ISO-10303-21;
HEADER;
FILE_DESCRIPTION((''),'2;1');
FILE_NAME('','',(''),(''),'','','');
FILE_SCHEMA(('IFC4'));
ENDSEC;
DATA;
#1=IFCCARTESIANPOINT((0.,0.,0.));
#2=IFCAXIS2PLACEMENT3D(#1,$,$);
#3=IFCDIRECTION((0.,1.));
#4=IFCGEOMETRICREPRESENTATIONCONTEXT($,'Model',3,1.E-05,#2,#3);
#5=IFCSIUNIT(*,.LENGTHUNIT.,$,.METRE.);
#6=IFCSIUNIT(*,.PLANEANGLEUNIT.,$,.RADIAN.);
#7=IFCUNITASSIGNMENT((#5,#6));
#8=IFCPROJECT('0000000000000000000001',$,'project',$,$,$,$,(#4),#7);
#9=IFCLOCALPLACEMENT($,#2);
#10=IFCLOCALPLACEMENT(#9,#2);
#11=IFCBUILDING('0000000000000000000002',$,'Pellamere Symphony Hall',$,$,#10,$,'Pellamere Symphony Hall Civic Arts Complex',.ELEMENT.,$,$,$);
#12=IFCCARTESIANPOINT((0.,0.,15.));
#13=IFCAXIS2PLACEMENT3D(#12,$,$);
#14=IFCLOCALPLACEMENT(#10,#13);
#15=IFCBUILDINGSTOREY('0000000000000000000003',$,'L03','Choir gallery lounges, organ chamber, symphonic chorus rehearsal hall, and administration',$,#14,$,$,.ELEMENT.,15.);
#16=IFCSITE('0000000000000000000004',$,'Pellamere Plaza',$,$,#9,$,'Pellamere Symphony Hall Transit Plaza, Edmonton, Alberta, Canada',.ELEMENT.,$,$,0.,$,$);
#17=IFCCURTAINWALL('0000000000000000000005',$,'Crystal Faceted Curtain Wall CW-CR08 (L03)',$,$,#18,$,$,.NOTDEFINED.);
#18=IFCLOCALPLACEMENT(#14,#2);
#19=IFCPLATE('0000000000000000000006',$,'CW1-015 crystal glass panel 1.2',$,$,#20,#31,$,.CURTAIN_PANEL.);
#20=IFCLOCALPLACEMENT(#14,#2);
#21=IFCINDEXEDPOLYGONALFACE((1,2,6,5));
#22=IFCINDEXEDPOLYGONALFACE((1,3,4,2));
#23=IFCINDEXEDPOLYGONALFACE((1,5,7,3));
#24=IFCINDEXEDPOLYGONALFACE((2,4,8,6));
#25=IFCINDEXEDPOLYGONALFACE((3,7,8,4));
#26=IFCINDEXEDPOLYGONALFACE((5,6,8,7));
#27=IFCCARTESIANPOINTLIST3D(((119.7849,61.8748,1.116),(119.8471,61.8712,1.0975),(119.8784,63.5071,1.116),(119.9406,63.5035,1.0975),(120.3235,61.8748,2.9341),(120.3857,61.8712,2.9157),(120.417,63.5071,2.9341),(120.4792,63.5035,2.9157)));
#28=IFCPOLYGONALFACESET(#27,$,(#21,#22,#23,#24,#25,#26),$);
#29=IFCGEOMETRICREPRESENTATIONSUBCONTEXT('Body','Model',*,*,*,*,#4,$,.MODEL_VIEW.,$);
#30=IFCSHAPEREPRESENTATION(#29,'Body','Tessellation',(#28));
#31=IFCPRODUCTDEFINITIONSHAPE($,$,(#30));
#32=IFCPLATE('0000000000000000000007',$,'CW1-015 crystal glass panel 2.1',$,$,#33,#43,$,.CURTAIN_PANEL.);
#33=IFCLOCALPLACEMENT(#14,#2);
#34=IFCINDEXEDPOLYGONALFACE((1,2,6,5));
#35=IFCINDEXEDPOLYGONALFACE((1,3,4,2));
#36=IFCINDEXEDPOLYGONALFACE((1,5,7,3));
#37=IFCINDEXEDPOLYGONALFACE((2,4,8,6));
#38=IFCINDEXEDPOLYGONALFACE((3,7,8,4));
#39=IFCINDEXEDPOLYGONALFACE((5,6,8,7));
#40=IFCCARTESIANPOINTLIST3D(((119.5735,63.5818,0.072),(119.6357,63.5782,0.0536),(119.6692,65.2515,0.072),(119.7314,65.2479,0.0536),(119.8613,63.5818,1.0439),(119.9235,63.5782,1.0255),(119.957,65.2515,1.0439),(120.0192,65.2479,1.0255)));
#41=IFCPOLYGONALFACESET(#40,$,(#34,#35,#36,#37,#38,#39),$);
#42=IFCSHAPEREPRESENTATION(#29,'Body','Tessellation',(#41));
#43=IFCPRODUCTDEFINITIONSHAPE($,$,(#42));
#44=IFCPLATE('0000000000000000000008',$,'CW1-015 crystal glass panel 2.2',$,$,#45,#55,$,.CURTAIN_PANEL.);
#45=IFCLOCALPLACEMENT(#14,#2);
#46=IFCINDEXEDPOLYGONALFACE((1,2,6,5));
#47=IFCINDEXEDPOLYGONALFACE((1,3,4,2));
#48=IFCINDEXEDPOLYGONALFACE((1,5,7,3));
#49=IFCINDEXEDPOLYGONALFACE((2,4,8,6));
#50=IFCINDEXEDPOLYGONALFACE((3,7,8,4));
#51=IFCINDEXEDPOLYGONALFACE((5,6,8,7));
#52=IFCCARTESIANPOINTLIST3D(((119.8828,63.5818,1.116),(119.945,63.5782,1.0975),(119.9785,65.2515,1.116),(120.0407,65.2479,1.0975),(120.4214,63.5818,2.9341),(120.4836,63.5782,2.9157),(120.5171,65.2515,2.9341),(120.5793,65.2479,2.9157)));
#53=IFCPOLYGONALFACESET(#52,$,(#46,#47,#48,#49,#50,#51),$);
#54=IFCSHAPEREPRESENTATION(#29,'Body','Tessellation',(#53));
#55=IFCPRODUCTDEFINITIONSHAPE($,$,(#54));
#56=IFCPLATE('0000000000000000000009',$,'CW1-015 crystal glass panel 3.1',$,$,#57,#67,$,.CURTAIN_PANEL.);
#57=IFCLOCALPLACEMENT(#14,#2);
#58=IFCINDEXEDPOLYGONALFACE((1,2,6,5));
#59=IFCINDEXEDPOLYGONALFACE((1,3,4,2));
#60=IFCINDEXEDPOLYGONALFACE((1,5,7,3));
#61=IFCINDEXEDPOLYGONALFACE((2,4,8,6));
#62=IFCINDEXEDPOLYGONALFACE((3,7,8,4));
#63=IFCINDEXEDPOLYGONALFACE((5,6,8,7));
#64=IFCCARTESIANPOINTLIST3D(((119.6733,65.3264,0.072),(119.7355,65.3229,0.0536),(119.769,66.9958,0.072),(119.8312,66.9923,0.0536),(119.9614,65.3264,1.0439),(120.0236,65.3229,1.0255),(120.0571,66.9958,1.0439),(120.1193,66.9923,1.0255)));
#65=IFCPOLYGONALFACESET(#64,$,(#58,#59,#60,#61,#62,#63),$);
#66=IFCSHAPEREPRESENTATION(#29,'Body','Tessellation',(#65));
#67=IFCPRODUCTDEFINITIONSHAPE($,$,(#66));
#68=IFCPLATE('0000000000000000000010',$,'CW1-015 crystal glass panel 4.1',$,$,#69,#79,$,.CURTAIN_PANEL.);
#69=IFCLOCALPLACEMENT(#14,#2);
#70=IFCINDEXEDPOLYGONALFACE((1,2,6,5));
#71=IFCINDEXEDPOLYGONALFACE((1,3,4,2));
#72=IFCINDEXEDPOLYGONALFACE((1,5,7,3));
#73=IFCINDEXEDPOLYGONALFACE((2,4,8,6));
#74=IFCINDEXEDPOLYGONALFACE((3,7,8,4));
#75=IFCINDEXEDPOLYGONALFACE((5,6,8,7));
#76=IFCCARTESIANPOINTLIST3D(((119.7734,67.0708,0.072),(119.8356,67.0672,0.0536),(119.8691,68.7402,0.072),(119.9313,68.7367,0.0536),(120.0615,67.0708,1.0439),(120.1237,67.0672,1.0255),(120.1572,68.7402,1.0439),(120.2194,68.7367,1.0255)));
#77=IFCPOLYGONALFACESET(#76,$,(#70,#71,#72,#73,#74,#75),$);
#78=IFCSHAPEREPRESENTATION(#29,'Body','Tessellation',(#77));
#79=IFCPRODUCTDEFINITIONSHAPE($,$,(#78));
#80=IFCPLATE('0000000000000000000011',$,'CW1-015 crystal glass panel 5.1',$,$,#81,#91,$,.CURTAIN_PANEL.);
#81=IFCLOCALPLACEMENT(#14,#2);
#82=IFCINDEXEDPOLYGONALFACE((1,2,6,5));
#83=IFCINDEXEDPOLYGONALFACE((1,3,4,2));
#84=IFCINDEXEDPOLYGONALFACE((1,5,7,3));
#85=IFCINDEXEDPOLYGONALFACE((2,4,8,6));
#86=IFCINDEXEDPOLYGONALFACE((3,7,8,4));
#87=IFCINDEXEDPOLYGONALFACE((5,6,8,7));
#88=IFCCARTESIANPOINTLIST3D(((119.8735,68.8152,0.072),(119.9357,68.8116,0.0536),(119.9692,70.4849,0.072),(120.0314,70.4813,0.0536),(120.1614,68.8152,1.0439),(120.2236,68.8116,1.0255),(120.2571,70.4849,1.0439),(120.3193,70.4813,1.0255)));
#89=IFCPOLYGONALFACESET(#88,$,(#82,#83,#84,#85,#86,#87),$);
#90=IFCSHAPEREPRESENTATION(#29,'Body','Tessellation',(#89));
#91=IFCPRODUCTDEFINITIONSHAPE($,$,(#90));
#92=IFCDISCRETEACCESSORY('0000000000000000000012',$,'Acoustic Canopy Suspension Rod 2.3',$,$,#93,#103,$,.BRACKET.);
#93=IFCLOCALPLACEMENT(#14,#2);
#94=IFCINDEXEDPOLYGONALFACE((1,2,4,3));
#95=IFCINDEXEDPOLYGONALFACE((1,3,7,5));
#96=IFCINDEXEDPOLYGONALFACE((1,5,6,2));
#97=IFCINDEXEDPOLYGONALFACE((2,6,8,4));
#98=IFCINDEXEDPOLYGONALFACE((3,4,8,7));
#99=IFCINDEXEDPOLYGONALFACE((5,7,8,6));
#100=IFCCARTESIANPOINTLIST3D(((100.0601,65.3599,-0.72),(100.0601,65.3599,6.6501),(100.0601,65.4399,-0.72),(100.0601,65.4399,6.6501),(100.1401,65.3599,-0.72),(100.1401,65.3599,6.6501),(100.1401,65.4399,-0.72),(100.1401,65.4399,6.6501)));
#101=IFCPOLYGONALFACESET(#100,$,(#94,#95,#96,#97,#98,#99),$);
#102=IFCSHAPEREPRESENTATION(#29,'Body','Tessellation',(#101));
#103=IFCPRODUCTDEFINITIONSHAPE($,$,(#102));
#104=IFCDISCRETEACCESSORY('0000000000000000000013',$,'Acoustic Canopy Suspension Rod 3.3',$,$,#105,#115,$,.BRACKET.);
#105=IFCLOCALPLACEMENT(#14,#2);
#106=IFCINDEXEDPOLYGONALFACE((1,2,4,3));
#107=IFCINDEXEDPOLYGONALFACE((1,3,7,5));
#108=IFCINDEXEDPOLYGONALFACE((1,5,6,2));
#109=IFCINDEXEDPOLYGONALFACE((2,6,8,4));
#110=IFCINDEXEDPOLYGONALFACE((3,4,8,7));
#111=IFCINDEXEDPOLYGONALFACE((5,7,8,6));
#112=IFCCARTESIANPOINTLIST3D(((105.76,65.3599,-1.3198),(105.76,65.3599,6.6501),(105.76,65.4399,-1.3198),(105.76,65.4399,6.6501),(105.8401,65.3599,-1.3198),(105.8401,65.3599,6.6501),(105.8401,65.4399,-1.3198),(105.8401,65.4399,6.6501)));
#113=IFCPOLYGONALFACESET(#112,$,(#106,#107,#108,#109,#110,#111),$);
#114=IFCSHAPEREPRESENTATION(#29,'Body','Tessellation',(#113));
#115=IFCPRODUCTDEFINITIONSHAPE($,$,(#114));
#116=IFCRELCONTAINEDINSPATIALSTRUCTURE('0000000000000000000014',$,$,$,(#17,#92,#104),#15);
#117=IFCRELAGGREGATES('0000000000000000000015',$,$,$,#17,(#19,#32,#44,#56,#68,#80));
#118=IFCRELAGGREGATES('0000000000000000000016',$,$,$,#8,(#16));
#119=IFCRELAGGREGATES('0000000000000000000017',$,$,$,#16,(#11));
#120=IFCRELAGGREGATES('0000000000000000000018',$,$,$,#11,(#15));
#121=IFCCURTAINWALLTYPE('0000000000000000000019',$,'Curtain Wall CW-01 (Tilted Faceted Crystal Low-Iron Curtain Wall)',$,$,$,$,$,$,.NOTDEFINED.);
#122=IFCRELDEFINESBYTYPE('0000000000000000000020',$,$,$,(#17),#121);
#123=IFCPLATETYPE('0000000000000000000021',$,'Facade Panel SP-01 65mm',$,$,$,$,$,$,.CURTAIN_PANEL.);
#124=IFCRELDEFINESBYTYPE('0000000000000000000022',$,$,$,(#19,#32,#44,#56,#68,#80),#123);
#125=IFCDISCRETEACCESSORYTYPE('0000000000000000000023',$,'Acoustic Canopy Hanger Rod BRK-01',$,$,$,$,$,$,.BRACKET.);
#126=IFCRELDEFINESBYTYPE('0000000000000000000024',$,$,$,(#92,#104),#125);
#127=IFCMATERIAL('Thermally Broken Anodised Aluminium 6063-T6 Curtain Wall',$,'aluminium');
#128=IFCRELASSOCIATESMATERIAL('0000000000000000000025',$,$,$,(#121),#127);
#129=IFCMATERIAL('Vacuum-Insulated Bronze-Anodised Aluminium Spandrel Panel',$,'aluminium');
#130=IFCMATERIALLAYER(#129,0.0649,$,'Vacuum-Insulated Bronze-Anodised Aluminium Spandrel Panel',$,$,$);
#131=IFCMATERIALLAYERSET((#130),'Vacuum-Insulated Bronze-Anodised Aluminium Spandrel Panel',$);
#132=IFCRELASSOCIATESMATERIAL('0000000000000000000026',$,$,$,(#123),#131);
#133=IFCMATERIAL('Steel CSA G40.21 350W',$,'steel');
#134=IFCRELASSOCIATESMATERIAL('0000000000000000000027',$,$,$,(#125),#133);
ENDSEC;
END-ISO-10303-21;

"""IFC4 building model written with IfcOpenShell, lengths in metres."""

from ifc_helpers import new_model, si_unit, direction, frame, origin, origin_2d, place, context, subcontext, project, spatial, polyline, rectangle, outline, extrude, material, layer, layer_set, type_object, element, aggregate, save


model = new_model("IFC4")

# Units and contexts
model_context = context("Model", 3, precision=1e-05, world=origin(), true_north=direction((0.0, 1.0)))
body_context = subcontext(model_context, "Body", "Model", "MODEL_VIEW")
ifc_project = project(units=[si_unit("LENGTHUNIT", "METRE"), si_unit("PLANEANGLEUNIT", "RADIAN")], contexts=[model_context])

# Site, building, storey
site_placement = place(None, origin())
site = spatial("IfcSite", under=ifc_project, at=site_placement, Name="Pellamere Plaza", LongName="Pellamere Symphony Hall Transit Plaza, Edmonton, Alberta, Canada", CompositionType="ELEMENT", RefElevation=0.0)
building_placement = place(site_placement, origin())
building = spatial("IfcBuilding", under=site, at=building_placement, Name="Pellamere Symphony Hall", LongName="Pellamere Symphony Hall Civic Arts Complex", CompositionType="ELEMENT")
storey_placement = place(building_placement, frame((0.0, 0.0, 15.0)))
storey = spatial("IfcBuildingStorey", under=building, at=storey_placement, Name="L03", Description="Choir gallery lounges, organ chamber, symphonic chorus rehearsal hall, and administration", CompositionType="ELEMENT", Elevation=15.0)

# Curtain wall
ifc_material_1 = material(Name="Thermally Broken Anodised Aluminium 6063-T6 Curtain Wall", Category="aluminium")
curtain_wall_type = type_object("IfcCurtainWallType", Name="Curtain Wall CW-01 (Tilted Faceted Crystal Low-Iron Curtain Wall)", PredefinedType="NOTDEFINED", material=ifc_material_1)
curtain_wall_placement = place(storey_placement, origin())
curtain_wall = element("IfcCurtainWall", 1, at=curtain_wall_placement, inside=storey, type_object=curtain_wall_type, Name="Crystal Faceted Curtain Wall CW-CR08 (L03)", PredefinedType="NOTDEFINED")

# Plates
ifc_material_2 = material(Name="Vacuum-Insulated Bronze-Anodised Aluminium Spandrel Panel", Category="aluminium")
ifc_layer = layer(ifc_material_2, 0.0649, Name="Vacuum-Insulated Bronze-Anodised Aluminium Spandrel Panel")
ifc_layer_set = layer_set([ifc_layer], Name="Vacuum-Insulated Bronze-Anodised Aluminium Spandrel Panel")
plate_type = type_object("IfcPlateType", Name="Facade Panel SP-01 65mm", PredefinedType="CURTAIN_PANEL", material=ifc_layer_set)
plate_1_placement = place(storey_placement, frame((119.7849, 61.8748, 1.116), z_axis=(-0.957373, 0.054842, 0.2836), x_axis=(0.05719, 0.998363, 0.0)))
plate_1 = element("IfcPlate", 2, at=plate_1_placement, type_object=plate_type, Name="CW1-015 crystal glass panel 1.2", PredefinedType="CURTAIN_PANEL", context=body_context, shape_type="SweptSolid", body=[
    extrude(outline(polyline([(0.0, 0.0), (1.635, 0.0), (1.6658, -1.896), (0.0308, -1.896), (0.0, 0.0)])), origin(), (0.0, 0.0, -1.0), 0.0649),
])
plate_2_placement = place(storey_placement, frame((119.5735, 63.5818, 0.072), z_axis=(-0.95739, 0.054876, 0.283537), x_axis=(0.057224, 0.998361, 0.0)))
plate_2 = element("IfcPlate", 3, at=plate_2_placement, type_object=plate_type, Name="CW1-015 crystal glass panel 2.1", PredefinedType="CURTAIN_PANEL", context=body_context, shape_type="SweptSolid", body=[
    extrude(outline(polyline([(0.0, 0.0), (1.6724, 0.0), (1.6889, -1.0135), (0.0165, -1.0135), (0.0, 0.0)])), origin(), (0.0, 0.0, -1.0), 0.0649),
])
plate_3_placement = place(storey_placement, frame((119.8828, 63.5818, 1.116), z_axis=(-0.957372, 0.054875, 0.283599), x_axis=(0.057224, 0.998361, 0.0)))
plate_3 = element("IfcPlate", 4, at=plate_3_placement, type_object=plate_type, Name="CW1-015 crystal glass panel 2.2", PredefinedType="CURTAIN_PANEL", context=body_context, shape_type="SweptSolid", body=[
    extrude(outline(polyline([(0.0, 0.0), (1.6724, 0.0), (1.7032, -1.896), (0.0308, -1.896), (0.0, 0.0)])), origin(), (0.0, 0.0, -1.0), 0.0649),
])
plate_4_placement = place(storey_placement, frame((119.6733, 65.3264, 0.072), z_axis=(-0.957324, 0.05488, 0.283758), x_axis=(0.057233, 0.998361, 0.0)))
plate_4 = element("IfcPlate", 5, at=plate_4_placement, type_object=plate_type, Name="CW1-015 crystal glass panel 3.1", PredefinedType="CURTAIN_PANEL", context=body_context, shape_type="SweptSolid", body=[
    extrude(outline(polyline([(0.0, 0.0), (1.6722, 0.0), (1.6887, -1.0136), (0.0165, -1.0136), (0.0, 0.0)])), origin(), (0.0, 0.0, -1.0), 0.0649),
])
plate_5_placement = place(storey_placement, frame((119.7734, 67.0708, 0.072), z_axis=(-0.957324, 0.05488, 0.283758), x_axis=(0.057233, 0.998361, 0.0)))
plate_5 = element("IfcPlate", 6, at=plate_5_placement, type_object=plate_type, Name="CW1-015 crystal glass panel 4.1", PredefinedType="CURTAIN_PANEL", context=body_context, shape_type="SweptSolid", body=[
    extrude(outline(polyline([(0.0, 0.0), (1.6722, 0.0), (1.6887, -1.0136), (0.0165, -1.0136), (0.0, 0.0)])), origin(), (0.0, 0.0, -1.0), 0.0649),
])
plate_6_placement = place(storey_placement, frame((119.8735, 68.8152, 0.072), z_axis=(-0.95739, 0.054876, 0.283537), x_axis=(0.057224, 0.998361, 0.0)))
plate_6 = element("IfcPlate", 7, at=plate_6_placement, type_object=plate_type, Name="CW1-015 crystal glass panel 5.1", PredefinedType="CURTAIN_PANEL", context=body_context, shape_type="SweptSolid", body=[
    extrude(outline(polyline([(0.0, 0.0), (1.6724, 0.0), (1.6889, -1.0135), (0.0165, -1.0135), (0.0, 0.0)])), origin(), (0.0, 0.0, -1.0), 0.0649),
])
aggregate(curtain_wall, [plate_1, plate_2, plate_3, plate_4, plate_5, plate_6])

# Discrete accessories
ifc_material_3 = material(Name="Steel CSA G40.21 350W", Category="steel")
discrete_accessory_type = type_object("IfcDiscreteAccessoryType", Name="Acoustic Canopy Hanger Rod BRK-01", PredefinedType="BRACKET", material=ifc_material_3)
discrete_accessory_1_placement = place(storey_placement, frame((100.1001, 65.3999, -0.72), z_axis=(0.0, 0.0, 1.0), x_axis=(1.0, 0.0, 0.0)))
element("IfcDiscreteAccessory", 8, at=discrete_accessory_1_placement, inside=storey, type_object=discrete_accessory_type, Name="Acoustic Canopy Suspension Rod 2.3", PredefinedType="BRACKET", context=body_context, shape_type="SweptSolid", body=[
    extrude(rectangle(XDim=0.0801, YDim=0.0801, at=origin_2d()), origin(), (0.0, 0.0, 1.0), 7.3701),
])
discrete_accessory_2_placement = place(storey_placement, frame((105.8, 65.3999, -1.3198), z_axis=(0.0, 0.0, 1.0), x_axis=(1.0, 0.0, 0.0)))
element("IfcDiscreteAccessory", 9, at=discrete_accessory_2_placement, inside=storey, type_object=discrete_accessory_type, Name="Acoustic Canopy Suspension Rod 3.3", PredefinedType="BRACKET", context=body_context, shape_type="SweptSolid", body=[
    extrude(rectangle(XDim=0.0801, YDim=0.0801, at=origin_2d()), origin(), (0.0, 0.0, 1.0), 7.97),
])

save(model, "model.ifc")
